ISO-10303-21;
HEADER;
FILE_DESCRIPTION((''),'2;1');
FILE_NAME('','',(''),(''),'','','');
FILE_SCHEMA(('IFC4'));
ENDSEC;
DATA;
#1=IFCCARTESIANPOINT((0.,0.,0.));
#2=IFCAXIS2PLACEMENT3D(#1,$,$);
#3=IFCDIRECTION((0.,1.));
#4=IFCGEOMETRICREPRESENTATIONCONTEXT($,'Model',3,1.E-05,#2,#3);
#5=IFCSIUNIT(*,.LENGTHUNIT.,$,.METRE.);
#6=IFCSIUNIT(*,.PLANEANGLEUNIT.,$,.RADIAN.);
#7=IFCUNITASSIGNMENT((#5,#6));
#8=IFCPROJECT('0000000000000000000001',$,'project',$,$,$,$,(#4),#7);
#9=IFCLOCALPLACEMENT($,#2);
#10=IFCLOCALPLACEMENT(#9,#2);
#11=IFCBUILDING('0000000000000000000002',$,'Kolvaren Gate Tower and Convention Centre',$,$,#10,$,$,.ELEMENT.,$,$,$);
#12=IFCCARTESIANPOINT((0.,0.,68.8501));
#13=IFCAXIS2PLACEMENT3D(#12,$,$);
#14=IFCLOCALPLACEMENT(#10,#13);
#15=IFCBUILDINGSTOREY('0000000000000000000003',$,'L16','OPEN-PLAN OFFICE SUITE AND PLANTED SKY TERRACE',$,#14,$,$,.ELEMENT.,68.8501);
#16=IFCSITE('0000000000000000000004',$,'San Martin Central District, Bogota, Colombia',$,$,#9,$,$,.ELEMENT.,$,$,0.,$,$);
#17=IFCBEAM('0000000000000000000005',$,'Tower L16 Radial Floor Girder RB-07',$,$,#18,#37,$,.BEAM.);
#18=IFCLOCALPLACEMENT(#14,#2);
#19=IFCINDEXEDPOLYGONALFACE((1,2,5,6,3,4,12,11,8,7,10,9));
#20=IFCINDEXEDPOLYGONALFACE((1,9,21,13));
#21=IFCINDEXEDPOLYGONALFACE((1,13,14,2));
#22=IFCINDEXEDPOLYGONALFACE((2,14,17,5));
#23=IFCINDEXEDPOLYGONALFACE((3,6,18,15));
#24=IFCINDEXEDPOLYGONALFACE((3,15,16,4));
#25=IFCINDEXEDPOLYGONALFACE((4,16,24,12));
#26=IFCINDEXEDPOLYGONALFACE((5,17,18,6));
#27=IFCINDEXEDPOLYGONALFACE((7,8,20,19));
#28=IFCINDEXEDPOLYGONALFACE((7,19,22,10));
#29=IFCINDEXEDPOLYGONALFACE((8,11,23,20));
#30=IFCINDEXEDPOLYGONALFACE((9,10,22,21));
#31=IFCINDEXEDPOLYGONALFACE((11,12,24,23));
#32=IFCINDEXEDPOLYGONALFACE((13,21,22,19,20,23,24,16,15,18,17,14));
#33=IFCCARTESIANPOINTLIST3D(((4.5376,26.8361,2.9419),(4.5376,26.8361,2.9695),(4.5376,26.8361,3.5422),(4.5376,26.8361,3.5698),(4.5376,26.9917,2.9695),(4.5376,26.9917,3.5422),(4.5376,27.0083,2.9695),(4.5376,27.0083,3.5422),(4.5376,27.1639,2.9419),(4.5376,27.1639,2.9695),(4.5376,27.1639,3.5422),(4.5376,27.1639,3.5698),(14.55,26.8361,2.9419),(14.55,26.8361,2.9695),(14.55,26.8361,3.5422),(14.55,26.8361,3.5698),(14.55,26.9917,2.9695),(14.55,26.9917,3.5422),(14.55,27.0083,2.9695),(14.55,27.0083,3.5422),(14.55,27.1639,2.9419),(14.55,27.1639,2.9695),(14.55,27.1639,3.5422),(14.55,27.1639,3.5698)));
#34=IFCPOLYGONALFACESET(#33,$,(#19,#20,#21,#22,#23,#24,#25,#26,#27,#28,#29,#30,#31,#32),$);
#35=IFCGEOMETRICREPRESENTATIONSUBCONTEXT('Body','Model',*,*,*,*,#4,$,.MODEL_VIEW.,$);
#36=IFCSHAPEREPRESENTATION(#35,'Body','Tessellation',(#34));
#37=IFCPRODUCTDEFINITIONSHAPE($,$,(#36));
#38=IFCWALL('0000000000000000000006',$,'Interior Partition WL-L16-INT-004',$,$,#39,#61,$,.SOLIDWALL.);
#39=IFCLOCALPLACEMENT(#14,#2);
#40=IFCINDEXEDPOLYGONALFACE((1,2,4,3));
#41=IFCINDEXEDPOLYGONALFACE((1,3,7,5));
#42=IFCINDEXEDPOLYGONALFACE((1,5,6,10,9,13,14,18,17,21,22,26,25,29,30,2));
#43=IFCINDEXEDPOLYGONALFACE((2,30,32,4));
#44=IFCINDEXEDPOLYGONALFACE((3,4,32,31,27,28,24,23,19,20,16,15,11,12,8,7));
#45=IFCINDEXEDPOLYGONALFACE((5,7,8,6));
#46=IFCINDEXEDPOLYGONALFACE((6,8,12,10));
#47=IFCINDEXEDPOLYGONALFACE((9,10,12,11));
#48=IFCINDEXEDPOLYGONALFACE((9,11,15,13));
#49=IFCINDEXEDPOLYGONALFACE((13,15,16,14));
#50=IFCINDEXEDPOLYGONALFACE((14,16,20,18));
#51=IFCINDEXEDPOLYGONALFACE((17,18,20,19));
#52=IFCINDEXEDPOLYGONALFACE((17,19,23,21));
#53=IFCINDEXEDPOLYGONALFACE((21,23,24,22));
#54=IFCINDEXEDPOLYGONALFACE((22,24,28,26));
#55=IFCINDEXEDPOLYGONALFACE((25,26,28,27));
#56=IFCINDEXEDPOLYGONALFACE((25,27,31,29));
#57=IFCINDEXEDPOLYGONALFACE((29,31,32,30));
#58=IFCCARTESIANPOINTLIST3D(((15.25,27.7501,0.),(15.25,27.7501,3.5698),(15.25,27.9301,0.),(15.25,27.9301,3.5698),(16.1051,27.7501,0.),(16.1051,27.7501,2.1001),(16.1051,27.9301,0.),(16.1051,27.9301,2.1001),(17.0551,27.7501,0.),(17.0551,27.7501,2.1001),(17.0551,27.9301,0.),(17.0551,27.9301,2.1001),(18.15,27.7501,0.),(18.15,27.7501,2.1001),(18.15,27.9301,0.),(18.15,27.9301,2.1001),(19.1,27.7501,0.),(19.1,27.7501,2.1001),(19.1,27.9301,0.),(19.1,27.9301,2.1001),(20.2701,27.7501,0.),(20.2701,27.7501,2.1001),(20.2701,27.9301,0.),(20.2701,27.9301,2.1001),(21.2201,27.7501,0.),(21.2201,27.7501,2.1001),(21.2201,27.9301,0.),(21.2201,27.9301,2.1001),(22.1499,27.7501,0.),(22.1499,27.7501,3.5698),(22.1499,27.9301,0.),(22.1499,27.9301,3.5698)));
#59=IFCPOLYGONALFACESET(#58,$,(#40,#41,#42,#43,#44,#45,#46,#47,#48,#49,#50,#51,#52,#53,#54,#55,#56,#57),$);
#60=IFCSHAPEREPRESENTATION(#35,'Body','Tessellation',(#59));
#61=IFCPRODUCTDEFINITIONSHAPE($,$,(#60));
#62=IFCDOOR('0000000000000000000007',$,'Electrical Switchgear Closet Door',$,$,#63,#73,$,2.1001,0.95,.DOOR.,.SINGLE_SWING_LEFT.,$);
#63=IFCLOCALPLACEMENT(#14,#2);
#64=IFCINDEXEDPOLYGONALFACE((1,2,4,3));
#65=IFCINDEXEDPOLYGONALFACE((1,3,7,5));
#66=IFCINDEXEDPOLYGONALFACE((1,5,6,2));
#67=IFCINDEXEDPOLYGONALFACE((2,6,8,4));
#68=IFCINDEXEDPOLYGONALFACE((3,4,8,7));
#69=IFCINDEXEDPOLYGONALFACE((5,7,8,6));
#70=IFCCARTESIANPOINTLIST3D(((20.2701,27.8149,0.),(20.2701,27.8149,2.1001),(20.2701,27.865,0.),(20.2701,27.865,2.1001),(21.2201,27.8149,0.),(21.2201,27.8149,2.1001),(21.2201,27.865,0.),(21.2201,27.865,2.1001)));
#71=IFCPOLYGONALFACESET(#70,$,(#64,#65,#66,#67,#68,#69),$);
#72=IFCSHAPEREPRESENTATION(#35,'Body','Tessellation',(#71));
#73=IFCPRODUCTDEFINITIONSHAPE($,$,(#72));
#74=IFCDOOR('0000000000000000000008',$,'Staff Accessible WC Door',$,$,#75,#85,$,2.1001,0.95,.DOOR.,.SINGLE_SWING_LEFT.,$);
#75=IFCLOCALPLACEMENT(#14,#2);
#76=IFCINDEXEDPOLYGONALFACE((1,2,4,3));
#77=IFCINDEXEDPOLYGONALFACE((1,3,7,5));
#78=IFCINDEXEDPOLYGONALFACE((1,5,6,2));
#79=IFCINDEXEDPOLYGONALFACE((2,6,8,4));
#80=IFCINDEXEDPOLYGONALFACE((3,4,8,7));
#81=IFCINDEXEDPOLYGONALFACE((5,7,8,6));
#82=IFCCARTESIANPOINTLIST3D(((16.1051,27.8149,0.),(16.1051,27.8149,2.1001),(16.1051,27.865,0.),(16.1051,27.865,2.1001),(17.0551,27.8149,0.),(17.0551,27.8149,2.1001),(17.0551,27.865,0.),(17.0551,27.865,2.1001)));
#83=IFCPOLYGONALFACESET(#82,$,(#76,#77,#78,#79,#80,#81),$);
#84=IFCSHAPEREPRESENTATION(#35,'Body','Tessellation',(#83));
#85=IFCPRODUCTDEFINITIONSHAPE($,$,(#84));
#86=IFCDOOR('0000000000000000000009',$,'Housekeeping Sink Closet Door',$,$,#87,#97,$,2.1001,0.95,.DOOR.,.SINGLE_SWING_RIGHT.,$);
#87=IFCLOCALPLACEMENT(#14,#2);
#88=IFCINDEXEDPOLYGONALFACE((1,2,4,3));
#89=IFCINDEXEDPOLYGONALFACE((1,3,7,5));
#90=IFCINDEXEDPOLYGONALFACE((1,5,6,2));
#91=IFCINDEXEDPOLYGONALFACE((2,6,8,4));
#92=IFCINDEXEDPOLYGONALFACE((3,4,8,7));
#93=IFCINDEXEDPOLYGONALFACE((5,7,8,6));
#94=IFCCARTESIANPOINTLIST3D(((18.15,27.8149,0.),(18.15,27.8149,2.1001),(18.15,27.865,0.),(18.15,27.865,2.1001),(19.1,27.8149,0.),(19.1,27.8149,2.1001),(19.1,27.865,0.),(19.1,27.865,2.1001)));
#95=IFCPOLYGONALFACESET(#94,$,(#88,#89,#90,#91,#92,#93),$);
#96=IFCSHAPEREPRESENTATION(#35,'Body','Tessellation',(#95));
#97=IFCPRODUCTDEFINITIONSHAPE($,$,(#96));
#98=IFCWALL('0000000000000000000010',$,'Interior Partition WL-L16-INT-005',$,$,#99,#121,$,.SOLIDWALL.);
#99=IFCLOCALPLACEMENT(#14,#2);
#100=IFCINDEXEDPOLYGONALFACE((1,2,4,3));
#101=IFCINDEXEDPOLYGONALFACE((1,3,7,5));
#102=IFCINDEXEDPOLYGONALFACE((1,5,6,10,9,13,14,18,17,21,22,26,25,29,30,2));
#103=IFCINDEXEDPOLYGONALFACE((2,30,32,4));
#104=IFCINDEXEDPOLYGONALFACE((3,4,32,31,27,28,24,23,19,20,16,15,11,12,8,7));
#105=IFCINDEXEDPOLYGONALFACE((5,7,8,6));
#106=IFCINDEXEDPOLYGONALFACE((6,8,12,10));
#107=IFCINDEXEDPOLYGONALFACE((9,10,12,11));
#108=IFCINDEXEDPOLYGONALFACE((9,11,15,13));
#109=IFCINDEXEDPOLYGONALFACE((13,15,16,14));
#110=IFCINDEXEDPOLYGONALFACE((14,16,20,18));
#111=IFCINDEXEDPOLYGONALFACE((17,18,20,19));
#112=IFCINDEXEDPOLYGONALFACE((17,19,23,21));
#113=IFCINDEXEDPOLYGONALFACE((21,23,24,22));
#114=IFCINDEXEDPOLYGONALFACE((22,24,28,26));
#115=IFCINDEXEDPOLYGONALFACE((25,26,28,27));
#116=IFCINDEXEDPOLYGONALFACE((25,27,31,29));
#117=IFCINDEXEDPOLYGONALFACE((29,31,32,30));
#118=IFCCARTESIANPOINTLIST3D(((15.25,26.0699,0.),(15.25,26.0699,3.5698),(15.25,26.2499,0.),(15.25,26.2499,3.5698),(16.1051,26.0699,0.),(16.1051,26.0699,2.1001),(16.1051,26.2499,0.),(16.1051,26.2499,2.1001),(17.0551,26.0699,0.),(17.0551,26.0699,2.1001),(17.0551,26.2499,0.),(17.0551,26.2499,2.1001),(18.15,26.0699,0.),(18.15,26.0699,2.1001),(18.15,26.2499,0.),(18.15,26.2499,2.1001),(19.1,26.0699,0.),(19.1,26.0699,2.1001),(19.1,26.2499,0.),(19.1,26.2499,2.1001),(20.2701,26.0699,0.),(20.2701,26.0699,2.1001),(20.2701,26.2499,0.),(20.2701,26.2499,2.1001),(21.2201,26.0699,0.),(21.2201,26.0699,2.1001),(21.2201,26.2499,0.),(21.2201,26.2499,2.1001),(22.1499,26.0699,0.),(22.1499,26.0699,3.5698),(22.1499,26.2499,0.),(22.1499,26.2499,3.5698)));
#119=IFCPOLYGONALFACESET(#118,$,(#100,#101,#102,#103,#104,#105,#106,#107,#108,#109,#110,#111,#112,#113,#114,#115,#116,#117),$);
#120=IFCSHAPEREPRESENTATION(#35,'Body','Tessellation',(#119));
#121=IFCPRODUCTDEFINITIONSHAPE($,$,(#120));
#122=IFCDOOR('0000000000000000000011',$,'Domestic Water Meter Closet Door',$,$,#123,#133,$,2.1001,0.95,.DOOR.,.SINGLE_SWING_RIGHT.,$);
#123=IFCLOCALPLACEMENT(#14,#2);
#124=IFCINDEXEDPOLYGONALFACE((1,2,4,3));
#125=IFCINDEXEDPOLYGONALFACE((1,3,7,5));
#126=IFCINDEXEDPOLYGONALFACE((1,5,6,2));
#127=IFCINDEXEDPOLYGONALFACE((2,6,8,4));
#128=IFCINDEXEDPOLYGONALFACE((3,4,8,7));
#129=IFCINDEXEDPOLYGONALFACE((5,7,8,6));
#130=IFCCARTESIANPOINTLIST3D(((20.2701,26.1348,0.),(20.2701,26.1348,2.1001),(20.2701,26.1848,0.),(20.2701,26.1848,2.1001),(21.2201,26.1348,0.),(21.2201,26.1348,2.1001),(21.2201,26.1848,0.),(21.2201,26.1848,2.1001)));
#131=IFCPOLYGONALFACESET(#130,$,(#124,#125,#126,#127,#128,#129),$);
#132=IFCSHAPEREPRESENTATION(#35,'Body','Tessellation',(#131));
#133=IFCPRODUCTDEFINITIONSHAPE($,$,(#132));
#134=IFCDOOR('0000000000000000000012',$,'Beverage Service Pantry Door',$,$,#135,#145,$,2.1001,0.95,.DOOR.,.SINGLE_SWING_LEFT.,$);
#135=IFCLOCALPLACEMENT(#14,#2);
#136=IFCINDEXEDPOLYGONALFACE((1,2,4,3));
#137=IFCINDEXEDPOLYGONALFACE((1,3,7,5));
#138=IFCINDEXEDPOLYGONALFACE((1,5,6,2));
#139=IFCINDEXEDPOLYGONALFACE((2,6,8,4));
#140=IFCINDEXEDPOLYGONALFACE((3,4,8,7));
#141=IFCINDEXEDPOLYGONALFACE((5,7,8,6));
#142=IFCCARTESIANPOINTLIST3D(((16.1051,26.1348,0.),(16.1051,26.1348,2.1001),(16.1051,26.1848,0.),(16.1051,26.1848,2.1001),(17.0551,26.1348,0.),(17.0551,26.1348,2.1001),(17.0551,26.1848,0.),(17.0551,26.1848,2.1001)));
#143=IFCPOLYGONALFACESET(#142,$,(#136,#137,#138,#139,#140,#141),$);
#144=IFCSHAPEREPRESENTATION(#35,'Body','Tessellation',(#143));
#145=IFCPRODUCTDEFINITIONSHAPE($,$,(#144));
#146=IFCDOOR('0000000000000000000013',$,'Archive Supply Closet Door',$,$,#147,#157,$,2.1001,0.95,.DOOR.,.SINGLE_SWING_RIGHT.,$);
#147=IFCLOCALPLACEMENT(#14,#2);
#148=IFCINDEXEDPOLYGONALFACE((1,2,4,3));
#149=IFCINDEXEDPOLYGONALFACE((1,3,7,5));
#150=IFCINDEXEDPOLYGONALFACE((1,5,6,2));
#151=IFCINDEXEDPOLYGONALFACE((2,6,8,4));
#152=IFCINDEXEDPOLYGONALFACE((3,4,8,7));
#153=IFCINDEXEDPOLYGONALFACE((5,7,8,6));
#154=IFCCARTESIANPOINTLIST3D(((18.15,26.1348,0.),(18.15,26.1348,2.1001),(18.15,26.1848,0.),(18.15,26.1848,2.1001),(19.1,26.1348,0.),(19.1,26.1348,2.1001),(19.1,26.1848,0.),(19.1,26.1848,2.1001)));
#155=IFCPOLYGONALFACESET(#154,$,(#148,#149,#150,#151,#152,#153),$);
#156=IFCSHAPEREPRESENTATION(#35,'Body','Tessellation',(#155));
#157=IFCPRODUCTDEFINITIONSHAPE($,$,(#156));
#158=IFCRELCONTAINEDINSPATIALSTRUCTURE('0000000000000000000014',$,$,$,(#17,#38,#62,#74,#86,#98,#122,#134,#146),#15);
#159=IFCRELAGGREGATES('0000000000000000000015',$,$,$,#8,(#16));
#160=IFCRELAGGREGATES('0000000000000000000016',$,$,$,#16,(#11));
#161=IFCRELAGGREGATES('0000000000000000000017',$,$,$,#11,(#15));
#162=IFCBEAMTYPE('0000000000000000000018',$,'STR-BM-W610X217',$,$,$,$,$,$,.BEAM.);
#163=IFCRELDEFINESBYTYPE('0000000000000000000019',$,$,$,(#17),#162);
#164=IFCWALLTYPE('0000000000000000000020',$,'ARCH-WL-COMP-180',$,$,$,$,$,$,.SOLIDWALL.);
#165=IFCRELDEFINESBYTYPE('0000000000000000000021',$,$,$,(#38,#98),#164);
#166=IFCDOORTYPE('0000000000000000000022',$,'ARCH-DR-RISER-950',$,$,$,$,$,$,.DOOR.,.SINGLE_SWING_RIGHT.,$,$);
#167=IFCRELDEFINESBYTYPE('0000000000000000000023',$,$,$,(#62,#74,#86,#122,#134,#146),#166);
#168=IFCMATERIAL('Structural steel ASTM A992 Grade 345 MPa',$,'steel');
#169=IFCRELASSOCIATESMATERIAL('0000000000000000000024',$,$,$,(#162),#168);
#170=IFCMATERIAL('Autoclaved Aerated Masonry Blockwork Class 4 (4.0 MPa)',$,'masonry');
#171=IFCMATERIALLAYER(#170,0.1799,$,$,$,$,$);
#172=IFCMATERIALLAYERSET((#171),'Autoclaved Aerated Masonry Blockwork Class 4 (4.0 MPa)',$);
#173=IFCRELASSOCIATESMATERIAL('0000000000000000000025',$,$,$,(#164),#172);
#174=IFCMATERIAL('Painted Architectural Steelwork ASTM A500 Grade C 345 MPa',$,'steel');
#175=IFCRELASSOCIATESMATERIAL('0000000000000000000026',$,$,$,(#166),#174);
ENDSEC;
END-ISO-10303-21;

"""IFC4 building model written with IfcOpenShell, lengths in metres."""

from ifc_helpers import new_model, si_unit, direction, frame, frame_2d, origin, origin_2d, place, context, subcontext, project, spatial, rectangle, i_section, extrude, material, layer, layer_set, material_profile, profile_set, type_object, element, fill, save


model = new_model("IFC4")

# Units and contexts
model_context = context("Model", 3, precision=1e-05, world=origin(), true_north=direction((0.0, 1.0)))
body_context = subcontext(model_context, "Body", "Model", "MODEL_VIEW")
ifc_project = project(units=[si_unit("LENGTHUNIT", "METRE"), si_unit("PLANEANGLEUNIT", "RADIAN")], contexts=[model_context])

# Site, building, storey
site_placement = place(None, origin())
site = spatial("IfcSite", under=ifc_project, at=site_placement, Name="San Martin Central District, Bogota, Colombia", CompositionType="ELEMENT", RefElevation=0.0)
building_placement = place(site_placement, origin())
building = spatial("IfcBuilding", under=site, at=building_placement, Name="Kolvaren Gate Tower and Convention Centre", CompositionType="ELEMENT")
storey_placement = place(building_placement, frame((0.0, 0.0, 68.8501)))
storey = spatial("IfcBuildingStorey", under=building, at=storey_placement, Name="L16", Description="OPEN-PLAN OFFICE SUITE AND PLANTED SKY TERRACE", CompositionType="ELEMENT", Elevation=68.8501)

# Beam
ifc_material_1 = material(Name="Structural steel ASTM A992 Grade 345 MPa", Category="steel")
ifc_material_profile = material_profile(ifc_material_1, i_section(OverallWidth=0.3279, OverallDepth=0.6279, WebThickness=0.0166, FlangeThickness=0.0276, at=origin_2d()), Name="W610X217")
ifc_profile_set = profile_set([ifc_material_profile], Name="Structural steel ASTM A992 Grade 345 MPa")
beam_type = type_object("IfcBeamType", Name="STR-BM-W610X217", PredefinedType="BEAM", material=ifc_profile_set)
beam_placement = place(storey_placement, frame((14.55, 27.0, 3.2559), z_axis=(-1.0, 0.0, 0.0), x_axis=(0.0, -1.0, 0.0)))
element("IfcBeam", 1, at=beam_placement, inside=storey, type_object=beam_type, Name="Tower L16 Radial Floor Girder RB-07", PredefinedType="BEAM", context=body_context, shape_type="SweptSolid", body=[
    extrude(i_section(OverallWidth=0.3279, OverallDepth=0.6279, WebThickness=0.0166, FlangeThickness=0.0276, at=origin_2d()), origin(), (0.0, 0.0, 1.0), 10.0125),
])

# Walls, openings, doors
ifc_material_2 = material(Name="Autoclaved Aerated Masonry Blockwork Class 4 (4.0 MPa)", Category="masonry")
ifc_layer_1 = layer(ifc_material_2, 0.1799)
ifc_layer_set_1 = layer_set([ifc_layer_1], Name="Autoclaved Aerated Masonry Blockwork Class 4 (4.0 MPa)")
wall_type_1 = type_object("IfcWallType", Name="ARCH-WL-COMP-180", PredefinedType="SOLIDWALL", material=ifc_layer_set_1)
wall_1_placement = place(storey_placement, frame((15.25, 27.8401, 0.0), z_axis=(0.0, 0.0, 1.0), x_axis=(1.0, 0.0, 0.0)))
wall_1 = element("IfcWall", 2, at=wall_1_placement, inside=storey, type_object=wall_type_1, Name="Interior Partition WL-L16-INT-004", PredefinedType="SOLIDWALL", context=body_context, shape_type="SweptSolid", body=[
    extrude(rectangle(XDim=6.8999, YDim=0.1799, at=frame_2d((3.45, 0.0))), origin(), (0.0, 0.0, 1.0), 3.5698),
])
opening_1_placement = place(wall_1_placement, frame((5.02, 0.0, 0.0)))
opening_1 = element("IfcOpeningElement", 3, at=opening_1_placement, cuts=wall_1, PredefinedType="OPENING", context=body_context, shape_type="SweptSolid", body=[
    extrude(rectangle(XDim=0.95, YDim=2.1001, at=frame_2d((0.4751, 1.05))), frame((0.0, 0.0999, 0.0), z_axis=(0.0, -1.0, 0.0), x_axis=(1.0, 0.0, 0.0)), (0.0, 0.0, 1.0), 0.2),
])
opening_2_placement = place(wall_1_placement, frame((0.855, 0.0, 0.0)))
opening_2 = element("IfcOpeningElement", 4, at=opening_2_placement, cuts=wall_1, PredefinedType="OPENING", context=body_context, shape_type="SweptSolid", body=[
    extrude(rectangle(XDim=0.95, YDim=2.1001, at=frame_2d((0.4751, 1.05))), frame((0.0, 0.0999, 0.0), z_axis=(0.0, -1.0, 0.0), x_axis=(1.0, 0.0, 0.0)), (0.0, 0.0, 1.0), 0.2),
])
opening_3_placement = place(wall_1_placement, frame((2.8999, 0.0, 0.0)))
opening_3 = element("IfcOpeningElement", 5, at=opening_3_placement, cuts=wall_1, PredefinedType="OPENING", context=body_context, shape_type="SweptSolid", body=[
    extrude(rectangle(XDim=0.95, YDim=2.1001, at=frame_2d((0.4751, 1.05))), frame((0.0, 0.0999, 0.0), z_axis=(0.0, -1.0, 0.0), x_axis=(1.0, 0.0, 0.0)), (0.0, 0.0, 1.0), 0.2),
])
ifc_material_3 = material(Name="Painted Architectural Steelwork ASTM A500 Grade C 345 MPa", Category="steel")
door_type = type_object("IfcDoorType", Name="ARCH-DR-RISER-950", OperationType="SINGLE_SWING_RIGHT", PredefinedType="DOOR", material=ifc_material_3)
door_1_placement = place(opening_1_placement, origin())
door_1 = element("IfcDoor", 6, at=door_1_placement, inside=storey, type_object=door_type, Name="Electrical Switchgear Closet Door", OperationType="SINGLE_SWING_LEFT", OverallHeight=2.1001, OverallWidth=0.95, PredefinedType="DOOR", context=body_context, shape_type="SweptSolid", body=[
    extrude(rectangle(XDim=0.95, YDim=2.1001, at=frame_2d((0.4751, 1.05))), frame((0.0, 0.0249, 0.0), z_axis=(0.0, -1.0, 0.0), x_axis=(1.0, 0.0, 0.0)), (0.0, 0.0, 1.0), 0.05),
])
fill(opening_1, door_1)
door_2_placement = place(opening_2_placement, origin())
door_2 = element("IfcDoor", 7, at=door_2_placement, inside=storey, type_object=door_type, Name="Staff Accessible WC Door", OperationType="SINGLE_SWING_LEFT", OverallHeight=2.1001, OverallWidth=0.95, PredefinedType="DOOR", context=body_context, shape_type="SweptSolid", body=[
    extrude(rectangle(XDim=0.95, YDim=2.1001, at=frame_2d((0.4751, 1.05))), frame((0.0, 0.0249, 0.0), z_axis=(0.0, -1.0, 0.0), x_axis=(1.0, 0.0, 0.0)), (0.0, 0.0, 1.0), 0.05),
])
fill(opening_2, door_2)
door_3_placement = place(opening_3_placement, origin())
door_3 = element("IfcDoor", 8, at=door_3_placement, inside=storey, type_object=door_type, Name="Housekeeping Sink Closet Door", OperationType="SINGLE_SWING_RIGHT", OverallHeight=2.1001, OverallWidth=0.95, PredefinedType="DOOR", context=body_context, shape_type="SweptSolid", body=[
    extrude(rectangle(XDim=0.95, YDim=2.1001, at=frame_2d((0.4751, 1.05))), frame((0.0, 0.0249, 0.0), z_axis=(0.0, -1.0, 0.0), x_axis=(1.0, 0.0, 0.0)), (0.0, 0.0, 1.0), 0.05),
])
fill(opening_3, door_3)
wall_2_placement = place(storey_placement, frame((15.25, 26.1599, 0.0), z_axis=(0.0, 0.0, 1.0), x_axis=(1.0, 0.0, 0.0)))
wall_2 = element("IfcWall", 9, at=wall_2_placement, inside=storey, type_object=wall_type_1, Name="Interior Partition WL-L16-INT-005", PredefinedType="SOLIDWALL", context=body_context, shape_type="SweptSolid", body=[
    extrude(rectangle(XDim=6.8999, YDim=0.1799, at=frame_2d((3.45, 0.0))), origin(), (0.0, 0.0, 1.0), 3.5698),
])
opening_4_placement = place(wall_2_placement, frame((5.02, 0.0, 0.0)))
opening_4 = element("IfcOpeningElement", 10, at=opening_4_placement, cuts=wall_2, PredefinedType="OPENING", context=body_context, shape_type="SweptSolid", body=[
    extrude(rectangle(XDim=0.95, YDim=2.1001, at=frame_2d((0.4751, 1.05))), frame((0.0, 0.0999, 0.0), z_axis=(0.0, -1.0, 0.0), x_axis=(1.0, 0.0, 0.0)), (0.0, 0.0, 1.0), 0.2),
])
opening_5_placement = place(wall_2_placement, frame((0.855, 0.0, 0.0)))
opening_5 = element("IfcOpeningElement", 11, at=opening_5_placement, cuts=wall_2, PredefinedType="OPENING", context=body_context, shape_type="SweptSolid", body=[
    extrude(rectangle(XDim=0.95, YDim=2.1001, at=frame_2d((0.4751, 1.05))), frame((0.0, 0.0999, 0.0), z_axis=(0.0, -1.0, 0.0), x_axis=(1.0, 0.0, 0.0)), (0.0, 0.0, 1.0), 0.2),
])
opening_6_placement = place(wall_2_placement, frame((2.8999, 0.0, 0.0)))
opening_6 = element("IfcOpeningElement", 12, at=opening_6_placement, cuts=wall_2, PredefinedType="OPENING", context=body_context, shape_type="SweptSolid", body=[
    extrude(rectangle(XDim=0.95, YDim=2.1001, at=frame_2d((0.4751, 1.05))), frame((0.0, 0.0999, 0.0), z_axis=(0.0, -1.0, 0.0), x_axis=(1.0, 0.0, 0.0)), (0.0, 0.0, 1.0), 0.2),
])
door_4_placement = place(opening_4_placement, origin())
door_4 = element("IfcDoor", 13, at=door_4_placement, inside=storey, type_object=door_type, Name="Domestic Water Meter Closet Door", OperationType="SINGLE_SWING_RIGHT", OverallHeight=2.1001, OverallWidth=0.95, PredefinedType="DOOR", context=body_context, shape_type="SweptSolid", body=[
    extrude(rectangle(XDim=0.95, YDim=2.1001, at=frame_2d((0.4751, 1.05))), frame((0.0, 0.0249, 0.0), z_axis=(0.0, -1.0, 0.0), x_axis=(1.0, 0.0, 0.0)), (0.0, 0.0, 1.0), 0.05),
])
fill(opening_4, door_4)
door_5_placement = place(opening_5_placement, origin())
door_5 = element("IfcDoor", 14, at=door_5_placement, inside=storey, type_object=door_type, Name="Beverage Service Pantry Door", OperationType="SINGLE_SWING_LEFT", OverallHeight=2.1001, OverallWidth=0.95, PredefinedType="DOOR", context=body_context, shape_type="SweptSolid", body=[
    extrude(rectangle(XDim=0.95, YDim=2.1001, at=frame_2d((0.4751, 1.05))), frame((0.0, 0.0249, 0.0), z_axis=(0.0, -1.0, 0.0), x_axis=(1.0, 0.0, 0.0)), (0.0, 0.0, 1.0), 0.05),
])
fill(opening_5, door_5)
door_6_placement = place(opening_6_placement, origin())
door_6 = element("IfcDoor", 15, at=door_6_placement, inside=storey, type_object=door_type, Name="Archive Supply Closet Door", OperationType="SINGLE_SWING_RIGHT", OverallHeight=2.1001, OverallWidth=0.95, PredefinedType="DOOR", context=body_context, shape_type="SweptSolid", body=[
    extrude(rectangle(XDim=0.95, YDim=2.1001, at=frame_2d((0.4751, 1.05))), frame((0.0, 0.0249, 0.0), z_axis=(0.0, -1.0, 0.0), x_axis=(1.0, 0.0, 0.0)), (0.0, 0.0, 1.0), 0.05),
])
fill(opening_6, door_6)

save(model, "model.ifc")
